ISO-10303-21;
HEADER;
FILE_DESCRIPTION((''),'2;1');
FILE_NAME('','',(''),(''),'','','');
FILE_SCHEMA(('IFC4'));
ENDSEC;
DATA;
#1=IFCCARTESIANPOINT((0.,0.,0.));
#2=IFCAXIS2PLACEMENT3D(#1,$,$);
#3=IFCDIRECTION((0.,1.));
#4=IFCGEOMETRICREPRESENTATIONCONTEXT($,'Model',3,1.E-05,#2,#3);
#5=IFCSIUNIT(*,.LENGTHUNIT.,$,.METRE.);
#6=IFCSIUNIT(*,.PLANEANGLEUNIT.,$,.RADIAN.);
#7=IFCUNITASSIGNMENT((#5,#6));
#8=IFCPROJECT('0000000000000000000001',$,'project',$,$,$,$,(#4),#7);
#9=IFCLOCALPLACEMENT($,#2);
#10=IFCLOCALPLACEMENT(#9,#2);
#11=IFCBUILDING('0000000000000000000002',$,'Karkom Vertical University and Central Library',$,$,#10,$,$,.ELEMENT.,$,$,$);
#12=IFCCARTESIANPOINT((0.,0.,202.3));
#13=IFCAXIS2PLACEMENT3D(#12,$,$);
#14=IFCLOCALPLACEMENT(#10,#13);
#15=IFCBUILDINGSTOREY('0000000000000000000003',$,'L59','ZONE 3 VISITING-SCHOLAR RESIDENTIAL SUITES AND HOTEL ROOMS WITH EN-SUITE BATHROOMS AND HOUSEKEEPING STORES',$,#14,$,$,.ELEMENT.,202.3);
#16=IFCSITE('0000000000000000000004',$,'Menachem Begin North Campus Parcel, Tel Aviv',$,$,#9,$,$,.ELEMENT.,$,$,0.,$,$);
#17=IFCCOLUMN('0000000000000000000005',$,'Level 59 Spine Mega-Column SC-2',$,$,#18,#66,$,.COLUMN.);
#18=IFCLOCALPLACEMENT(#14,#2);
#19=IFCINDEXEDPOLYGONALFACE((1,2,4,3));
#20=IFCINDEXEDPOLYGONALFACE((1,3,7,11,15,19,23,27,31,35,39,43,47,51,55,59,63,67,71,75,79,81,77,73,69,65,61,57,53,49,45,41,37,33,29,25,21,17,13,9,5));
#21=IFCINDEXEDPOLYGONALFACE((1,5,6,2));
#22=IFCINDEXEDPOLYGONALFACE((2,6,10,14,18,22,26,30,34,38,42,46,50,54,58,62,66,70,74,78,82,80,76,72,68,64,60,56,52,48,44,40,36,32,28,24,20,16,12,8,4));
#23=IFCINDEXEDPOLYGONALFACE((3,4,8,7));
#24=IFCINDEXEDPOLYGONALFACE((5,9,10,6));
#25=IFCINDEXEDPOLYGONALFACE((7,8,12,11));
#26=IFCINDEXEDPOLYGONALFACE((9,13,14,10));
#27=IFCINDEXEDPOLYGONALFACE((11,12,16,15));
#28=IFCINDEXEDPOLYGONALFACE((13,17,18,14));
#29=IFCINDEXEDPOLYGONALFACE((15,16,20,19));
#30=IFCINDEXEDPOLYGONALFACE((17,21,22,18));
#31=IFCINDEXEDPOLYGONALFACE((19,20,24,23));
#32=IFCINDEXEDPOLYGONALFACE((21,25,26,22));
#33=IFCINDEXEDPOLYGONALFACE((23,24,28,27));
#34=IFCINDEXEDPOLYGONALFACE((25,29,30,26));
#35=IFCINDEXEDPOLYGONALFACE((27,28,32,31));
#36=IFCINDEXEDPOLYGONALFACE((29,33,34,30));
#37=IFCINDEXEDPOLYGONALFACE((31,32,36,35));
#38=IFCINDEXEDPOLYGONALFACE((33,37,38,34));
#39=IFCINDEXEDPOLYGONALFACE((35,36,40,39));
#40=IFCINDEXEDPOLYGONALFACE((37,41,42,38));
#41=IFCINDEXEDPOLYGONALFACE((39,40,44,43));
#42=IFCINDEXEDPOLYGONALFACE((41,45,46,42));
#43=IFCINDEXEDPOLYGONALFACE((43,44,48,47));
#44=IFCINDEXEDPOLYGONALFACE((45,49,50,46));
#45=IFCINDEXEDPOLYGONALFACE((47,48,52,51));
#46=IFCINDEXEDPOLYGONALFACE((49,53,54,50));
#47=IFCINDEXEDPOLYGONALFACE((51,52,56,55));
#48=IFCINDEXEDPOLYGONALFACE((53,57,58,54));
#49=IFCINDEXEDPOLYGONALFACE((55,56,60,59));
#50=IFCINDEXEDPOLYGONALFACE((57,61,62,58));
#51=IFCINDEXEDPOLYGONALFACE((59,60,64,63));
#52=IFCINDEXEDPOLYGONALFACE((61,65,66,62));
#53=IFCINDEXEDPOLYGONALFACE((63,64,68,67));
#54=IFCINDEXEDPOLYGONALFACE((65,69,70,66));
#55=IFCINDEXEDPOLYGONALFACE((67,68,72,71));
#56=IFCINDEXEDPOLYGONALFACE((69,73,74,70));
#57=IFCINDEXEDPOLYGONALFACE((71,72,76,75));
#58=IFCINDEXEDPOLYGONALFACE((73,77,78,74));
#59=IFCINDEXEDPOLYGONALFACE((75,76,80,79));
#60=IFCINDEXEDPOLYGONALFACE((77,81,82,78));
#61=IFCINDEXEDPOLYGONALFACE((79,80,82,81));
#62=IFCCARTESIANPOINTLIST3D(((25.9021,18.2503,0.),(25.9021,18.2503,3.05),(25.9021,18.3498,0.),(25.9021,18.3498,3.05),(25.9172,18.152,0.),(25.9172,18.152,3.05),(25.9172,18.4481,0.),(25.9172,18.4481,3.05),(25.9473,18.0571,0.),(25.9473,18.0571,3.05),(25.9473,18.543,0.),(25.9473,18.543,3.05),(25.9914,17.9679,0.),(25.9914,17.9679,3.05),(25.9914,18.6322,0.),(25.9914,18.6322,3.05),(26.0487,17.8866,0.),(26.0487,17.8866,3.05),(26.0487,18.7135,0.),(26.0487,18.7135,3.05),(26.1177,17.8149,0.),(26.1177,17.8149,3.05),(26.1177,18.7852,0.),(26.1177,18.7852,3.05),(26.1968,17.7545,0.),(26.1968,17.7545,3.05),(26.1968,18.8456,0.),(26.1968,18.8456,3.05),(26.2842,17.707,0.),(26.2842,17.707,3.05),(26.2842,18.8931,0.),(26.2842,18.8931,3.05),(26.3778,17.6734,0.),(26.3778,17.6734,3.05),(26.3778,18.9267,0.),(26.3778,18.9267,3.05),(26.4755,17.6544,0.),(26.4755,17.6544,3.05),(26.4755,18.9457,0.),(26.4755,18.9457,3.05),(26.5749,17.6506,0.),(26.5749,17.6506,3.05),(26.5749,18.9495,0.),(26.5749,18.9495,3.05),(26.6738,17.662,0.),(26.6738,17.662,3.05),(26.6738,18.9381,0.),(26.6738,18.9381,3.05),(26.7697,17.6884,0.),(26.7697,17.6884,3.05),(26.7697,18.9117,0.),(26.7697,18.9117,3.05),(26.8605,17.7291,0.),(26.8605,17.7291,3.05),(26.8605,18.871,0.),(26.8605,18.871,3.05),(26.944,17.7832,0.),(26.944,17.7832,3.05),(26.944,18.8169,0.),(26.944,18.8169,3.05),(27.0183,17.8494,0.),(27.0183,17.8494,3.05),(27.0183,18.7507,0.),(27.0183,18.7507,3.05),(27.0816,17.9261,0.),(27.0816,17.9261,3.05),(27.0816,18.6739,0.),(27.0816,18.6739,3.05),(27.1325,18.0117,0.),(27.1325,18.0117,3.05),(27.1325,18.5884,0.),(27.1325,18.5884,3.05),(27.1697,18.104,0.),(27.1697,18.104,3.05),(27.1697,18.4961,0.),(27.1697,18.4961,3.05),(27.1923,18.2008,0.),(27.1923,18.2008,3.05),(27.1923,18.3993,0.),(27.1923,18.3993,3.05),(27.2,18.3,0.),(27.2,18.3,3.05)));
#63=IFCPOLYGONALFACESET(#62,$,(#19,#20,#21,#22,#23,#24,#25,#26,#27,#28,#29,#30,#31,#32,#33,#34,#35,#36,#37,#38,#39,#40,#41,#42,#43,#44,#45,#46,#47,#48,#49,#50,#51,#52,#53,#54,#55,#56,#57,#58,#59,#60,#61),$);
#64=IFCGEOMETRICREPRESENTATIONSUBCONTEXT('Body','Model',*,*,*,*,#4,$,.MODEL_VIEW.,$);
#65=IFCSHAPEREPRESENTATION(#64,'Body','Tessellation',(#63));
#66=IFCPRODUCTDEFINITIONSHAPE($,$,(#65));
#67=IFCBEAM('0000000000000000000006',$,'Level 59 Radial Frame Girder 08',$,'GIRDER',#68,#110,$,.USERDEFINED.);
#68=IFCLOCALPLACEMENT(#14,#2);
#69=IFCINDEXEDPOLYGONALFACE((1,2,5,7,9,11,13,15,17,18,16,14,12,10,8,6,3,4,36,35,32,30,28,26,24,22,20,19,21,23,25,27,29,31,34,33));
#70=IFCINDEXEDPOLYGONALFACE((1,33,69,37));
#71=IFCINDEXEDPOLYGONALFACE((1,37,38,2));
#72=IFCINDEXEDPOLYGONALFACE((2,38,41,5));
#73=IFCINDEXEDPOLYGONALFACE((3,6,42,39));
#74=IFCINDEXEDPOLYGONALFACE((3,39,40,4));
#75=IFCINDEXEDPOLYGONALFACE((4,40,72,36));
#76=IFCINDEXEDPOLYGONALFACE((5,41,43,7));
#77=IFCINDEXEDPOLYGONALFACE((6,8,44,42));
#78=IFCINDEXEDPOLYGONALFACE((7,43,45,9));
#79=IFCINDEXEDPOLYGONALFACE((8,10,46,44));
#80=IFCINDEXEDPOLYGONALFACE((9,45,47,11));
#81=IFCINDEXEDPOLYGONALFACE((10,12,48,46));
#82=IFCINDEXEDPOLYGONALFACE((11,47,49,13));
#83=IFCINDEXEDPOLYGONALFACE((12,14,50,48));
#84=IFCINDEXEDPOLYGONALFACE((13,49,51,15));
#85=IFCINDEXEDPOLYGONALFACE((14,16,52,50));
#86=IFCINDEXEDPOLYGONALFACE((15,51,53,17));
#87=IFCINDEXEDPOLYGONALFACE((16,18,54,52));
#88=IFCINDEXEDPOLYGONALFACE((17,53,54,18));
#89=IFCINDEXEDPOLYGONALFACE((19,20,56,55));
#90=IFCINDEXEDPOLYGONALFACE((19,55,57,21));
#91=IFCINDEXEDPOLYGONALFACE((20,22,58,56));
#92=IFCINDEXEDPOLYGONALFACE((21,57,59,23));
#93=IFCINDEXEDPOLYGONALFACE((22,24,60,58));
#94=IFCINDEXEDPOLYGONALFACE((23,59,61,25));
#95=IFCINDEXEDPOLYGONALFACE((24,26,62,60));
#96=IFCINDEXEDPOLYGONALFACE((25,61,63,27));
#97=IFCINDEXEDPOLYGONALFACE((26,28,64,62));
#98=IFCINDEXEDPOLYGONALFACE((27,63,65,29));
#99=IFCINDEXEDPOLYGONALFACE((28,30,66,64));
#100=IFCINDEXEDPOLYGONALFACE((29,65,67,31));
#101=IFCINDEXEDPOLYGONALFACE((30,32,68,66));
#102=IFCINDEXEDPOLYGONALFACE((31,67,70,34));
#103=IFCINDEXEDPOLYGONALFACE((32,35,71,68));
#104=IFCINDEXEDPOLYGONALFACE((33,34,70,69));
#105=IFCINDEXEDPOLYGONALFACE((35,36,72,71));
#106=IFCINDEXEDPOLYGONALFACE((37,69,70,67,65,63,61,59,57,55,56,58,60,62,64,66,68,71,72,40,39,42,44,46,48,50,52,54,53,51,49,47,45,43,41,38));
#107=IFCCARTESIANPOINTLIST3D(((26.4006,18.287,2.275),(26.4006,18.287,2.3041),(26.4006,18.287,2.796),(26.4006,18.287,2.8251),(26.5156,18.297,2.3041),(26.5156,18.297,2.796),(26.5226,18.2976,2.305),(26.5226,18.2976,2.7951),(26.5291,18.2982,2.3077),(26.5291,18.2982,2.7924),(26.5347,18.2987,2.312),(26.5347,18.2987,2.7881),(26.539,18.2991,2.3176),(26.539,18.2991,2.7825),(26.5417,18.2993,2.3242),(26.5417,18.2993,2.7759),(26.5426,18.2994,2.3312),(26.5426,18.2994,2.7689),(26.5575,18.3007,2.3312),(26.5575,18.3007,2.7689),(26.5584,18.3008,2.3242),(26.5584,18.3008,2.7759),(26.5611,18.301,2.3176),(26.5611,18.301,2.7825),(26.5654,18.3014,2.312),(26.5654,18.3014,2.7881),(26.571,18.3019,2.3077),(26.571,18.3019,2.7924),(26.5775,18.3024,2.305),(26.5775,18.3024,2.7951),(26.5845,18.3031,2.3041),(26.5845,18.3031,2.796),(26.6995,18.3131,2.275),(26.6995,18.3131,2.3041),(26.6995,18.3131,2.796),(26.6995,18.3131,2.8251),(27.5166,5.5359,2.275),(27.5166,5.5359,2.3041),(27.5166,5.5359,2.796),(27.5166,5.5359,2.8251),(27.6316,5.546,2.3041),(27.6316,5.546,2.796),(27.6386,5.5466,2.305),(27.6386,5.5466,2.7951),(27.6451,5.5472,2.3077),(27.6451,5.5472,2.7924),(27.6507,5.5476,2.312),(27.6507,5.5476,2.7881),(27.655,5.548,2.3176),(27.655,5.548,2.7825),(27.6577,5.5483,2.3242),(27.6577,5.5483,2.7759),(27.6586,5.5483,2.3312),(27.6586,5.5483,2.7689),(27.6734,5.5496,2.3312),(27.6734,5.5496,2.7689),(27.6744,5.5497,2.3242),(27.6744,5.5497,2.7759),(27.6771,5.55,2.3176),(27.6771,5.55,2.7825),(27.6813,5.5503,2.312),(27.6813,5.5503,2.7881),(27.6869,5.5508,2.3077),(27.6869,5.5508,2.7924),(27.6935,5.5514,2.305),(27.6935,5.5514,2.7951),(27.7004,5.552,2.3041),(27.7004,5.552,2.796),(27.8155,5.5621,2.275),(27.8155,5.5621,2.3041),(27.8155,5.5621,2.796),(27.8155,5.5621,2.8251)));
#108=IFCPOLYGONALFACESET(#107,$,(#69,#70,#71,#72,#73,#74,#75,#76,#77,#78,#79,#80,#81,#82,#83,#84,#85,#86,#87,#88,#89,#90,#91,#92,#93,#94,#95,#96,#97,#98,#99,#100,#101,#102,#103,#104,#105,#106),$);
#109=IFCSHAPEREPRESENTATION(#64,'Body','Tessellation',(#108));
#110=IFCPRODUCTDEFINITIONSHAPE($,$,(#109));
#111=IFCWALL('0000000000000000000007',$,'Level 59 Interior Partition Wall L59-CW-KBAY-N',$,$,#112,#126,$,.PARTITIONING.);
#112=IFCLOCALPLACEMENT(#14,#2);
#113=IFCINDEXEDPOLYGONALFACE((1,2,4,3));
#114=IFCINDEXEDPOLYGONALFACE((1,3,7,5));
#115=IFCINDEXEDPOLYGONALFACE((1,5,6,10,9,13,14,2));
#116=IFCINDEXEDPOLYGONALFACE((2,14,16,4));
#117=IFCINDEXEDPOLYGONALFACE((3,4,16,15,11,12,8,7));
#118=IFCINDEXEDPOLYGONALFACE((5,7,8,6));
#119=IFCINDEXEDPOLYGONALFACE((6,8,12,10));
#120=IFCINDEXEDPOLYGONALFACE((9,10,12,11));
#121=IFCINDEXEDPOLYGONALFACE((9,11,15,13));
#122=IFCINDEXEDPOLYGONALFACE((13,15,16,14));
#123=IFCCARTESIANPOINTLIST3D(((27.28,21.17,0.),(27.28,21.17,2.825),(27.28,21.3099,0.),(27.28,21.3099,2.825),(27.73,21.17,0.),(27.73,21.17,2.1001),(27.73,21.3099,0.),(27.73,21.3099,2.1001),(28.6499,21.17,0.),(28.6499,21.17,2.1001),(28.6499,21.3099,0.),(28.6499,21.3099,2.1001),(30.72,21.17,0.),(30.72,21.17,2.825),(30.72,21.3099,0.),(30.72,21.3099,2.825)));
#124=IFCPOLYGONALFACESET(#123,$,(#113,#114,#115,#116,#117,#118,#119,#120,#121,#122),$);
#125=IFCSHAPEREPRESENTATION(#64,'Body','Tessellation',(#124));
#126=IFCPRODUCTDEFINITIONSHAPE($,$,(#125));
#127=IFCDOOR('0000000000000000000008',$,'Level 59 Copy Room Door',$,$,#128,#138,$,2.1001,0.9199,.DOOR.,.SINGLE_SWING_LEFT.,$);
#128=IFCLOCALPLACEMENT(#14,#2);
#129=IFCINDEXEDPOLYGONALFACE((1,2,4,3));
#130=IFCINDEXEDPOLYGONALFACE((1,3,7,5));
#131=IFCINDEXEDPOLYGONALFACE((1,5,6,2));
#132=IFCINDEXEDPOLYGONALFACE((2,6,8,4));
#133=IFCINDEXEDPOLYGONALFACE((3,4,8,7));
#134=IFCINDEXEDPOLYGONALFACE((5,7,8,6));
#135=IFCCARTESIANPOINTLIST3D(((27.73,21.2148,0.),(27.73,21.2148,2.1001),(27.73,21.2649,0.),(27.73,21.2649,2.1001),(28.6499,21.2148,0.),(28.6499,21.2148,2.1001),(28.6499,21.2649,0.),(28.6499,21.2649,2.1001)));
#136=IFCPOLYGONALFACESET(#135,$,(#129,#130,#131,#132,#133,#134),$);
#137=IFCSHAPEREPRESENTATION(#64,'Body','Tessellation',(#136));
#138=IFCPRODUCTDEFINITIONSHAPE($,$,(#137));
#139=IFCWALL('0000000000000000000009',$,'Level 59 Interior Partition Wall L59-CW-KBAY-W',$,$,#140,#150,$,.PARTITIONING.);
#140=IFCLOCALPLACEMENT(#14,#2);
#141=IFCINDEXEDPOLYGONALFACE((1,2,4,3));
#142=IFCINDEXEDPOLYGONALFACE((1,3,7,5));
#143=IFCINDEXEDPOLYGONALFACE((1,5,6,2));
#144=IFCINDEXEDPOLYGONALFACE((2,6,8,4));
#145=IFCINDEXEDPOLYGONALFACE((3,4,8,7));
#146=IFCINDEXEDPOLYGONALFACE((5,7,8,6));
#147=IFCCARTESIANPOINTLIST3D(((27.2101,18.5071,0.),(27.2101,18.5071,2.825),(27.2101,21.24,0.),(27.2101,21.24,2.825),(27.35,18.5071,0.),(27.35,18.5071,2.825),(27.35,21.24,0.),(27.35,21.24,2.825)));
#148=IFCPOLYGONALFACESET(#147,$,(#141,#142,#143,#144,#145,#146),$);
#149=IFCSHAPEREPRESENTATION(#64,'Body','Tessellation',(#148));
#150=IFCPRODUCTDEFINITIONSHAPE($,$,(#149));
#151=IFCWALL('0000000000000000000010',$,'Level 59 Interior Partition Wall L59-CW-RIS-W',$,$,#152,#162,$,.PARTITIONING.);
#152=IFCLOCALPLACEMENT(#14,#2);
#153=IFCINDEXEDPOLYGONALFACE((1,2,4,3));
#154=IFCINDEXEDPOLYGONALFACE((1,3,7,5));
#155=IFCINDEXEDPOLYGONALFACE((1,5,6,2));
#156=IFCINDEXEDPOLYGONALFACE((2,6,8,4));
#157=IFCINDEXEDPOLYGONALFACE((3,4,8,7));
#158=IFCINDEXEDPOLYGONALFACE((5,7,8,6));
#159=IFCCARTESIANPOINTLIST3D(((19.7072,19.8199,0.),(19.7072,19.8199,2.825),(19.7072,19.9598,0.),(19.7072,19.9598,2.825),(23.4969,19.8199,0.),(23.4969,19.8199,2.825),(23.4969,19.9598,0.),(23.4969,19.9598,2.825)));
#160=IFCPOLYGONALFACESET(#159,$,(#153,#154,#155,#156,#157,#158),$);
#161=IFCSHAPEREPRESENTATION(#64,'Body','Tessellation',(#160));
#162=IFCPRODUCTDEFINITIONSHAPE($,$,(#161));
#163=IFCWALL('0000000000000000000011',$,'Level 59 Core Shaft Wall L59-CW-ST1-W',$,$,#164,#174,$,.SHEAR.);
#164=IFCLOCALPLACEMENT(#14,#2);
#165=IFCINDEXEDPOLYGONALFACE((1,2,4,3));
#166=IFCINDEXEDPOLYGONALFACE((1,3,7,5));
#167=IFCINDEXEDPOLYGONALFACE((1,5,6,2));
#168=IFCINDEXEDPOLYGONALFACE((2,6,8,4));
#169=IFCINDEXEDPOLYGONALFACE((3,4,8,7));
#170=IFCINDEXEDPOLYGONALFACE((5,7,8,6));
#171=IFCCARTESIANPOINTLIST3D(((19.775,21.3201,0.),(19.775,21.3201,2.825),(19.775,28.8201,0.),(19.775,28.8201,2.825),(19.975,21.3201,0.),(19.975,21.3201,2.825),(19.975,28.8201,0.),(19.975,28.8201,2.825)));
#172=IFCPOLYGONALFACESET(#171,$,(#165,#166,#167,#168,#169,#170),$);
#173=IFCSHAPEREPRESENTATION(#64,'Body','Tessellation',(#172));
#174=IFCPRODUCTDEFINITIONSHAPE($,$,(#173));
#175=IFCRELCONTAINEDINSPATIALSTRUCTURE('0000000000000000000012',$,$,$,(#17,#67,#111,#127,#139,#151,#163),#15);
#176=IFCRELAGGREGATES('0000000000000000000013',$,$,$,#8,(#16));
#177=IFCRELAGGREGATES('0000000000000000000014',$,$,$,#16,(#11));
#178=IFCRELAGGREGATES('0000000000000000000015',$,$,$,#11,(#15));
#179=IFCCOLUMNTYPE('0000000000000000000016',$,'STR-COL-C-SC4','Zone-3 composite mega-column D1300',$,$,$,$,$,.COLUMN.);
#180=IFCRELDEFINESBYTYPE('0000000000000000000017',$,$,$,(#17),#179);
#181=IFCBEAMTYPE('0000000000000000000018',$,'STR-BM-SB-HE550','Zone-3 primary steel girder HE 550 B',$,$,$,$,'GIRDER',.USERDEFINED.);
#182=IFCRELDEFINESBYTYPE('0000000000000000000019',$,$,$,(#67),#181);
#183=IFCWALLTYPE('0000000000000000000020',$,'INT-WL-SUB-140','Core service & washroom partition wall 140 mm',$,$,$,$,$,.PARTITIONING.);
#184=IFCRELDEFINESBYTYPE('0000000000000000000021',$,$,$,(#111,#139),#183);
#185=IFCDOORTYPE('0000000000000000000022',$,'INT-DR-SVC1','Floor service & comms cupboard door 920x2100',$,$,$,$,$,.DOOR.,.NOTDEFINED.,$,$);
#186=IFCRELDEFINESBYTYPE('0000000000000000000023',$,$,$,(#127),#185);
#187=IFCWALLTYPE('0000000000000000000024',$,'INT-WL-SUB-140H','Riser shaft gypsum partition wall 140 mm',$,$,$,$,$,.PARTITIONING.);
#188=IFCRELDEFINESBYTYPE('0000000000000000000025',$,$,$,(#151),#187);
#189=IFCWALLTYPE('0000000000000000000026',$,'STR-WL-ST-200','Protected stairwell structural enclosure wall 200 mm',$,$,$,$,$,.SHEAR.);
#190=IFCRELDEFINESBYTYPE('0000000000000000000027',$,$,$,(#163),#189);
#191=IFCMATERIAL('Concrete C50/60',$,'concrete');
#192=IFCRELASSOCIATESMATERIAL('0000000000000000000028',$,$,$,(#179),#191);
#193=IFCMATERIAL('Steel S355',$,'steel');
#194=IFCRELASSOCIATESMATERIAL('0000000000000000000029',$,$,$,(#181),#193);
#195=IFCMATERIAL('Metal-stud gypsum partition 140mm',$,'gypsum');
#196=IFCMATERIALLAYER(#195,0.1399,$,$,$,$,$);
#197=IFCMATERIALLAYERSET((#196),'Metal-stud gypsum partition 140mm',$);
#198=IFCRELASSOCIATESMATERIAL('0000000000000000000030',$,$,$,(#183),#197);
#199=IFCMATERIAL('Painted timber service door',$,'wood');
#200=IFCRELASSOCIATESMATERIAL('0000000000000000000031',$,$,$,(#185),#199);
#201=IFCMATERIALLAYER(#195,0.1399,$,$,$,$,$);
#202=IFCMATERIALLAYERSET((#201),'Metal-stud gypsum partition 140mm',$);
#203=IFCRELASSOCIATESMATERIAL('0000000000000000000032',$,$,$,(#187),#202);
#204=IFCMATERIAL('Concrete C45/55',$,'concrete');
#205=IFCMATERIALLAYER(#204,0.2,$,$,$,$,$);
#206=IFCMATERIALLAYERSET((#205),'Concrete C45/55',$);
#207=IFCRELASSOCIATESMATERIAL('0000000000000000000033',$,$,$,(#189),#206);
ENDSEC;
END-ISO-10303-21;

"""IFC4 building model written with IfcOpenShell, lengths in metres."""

from ifc_helpers import new_model, si_unit, direction, frame, frame_2d, origin, origin_with_axes, origin_2d, place, context, subcontext, project, spatial, rectangle, circle, i_section, extrude, source, transform, mapped, material, layer, layer_set, material_profile, profile_set, type_object, element, fill, save


model = new_model("IFC4")

# Units and contexts
model_context = context("Model", 3, precision=1e-05, world=origin(), true_north=direction((0.0, 1.0)))
body_context = subcontext(model_context, "Body", "Model", "MODEL_VIEW")
ifc_project = project(units=[si_unit("LENGTHUNIT", "METRE"), si_unit("PLANEANGLEUNIT", "RADIAN")], contexts=[model_context])

# Site, building, storey
site_placement = place(None, origin())
site = spatial("IfcSite", under=ifc_project, at=site_placement, Name="Menachem Begin North Campus Parcel, Tel Aviv", CompositionType="ELEMENT", RefElevation=0.0)
building_placement = place(site_placement, origin())
building = spatial("IfcBuilding", under=site, at=building_placement, Name="Karkom Vertical University and Central Library", CompositionType="ELEMENT")
storey_placement = place(building_placement, frame((0.0, 0.0, 202.3)))
storey = spatial("IfcBuildingStorey", under=building, at=storey_placement, Name="L59", Description="ZONE 3 VISITING-SCHOLAR RESIDENTIAL SUITES AND HOTEL ROOMS WITH EN-SUITE BATHROOMS AND HOUSEKEEPING STORES", CompositionType="ELEMENT", Elevation=202.3)

# Column
ifc_material_1 = material(Name="Concrete C50/60", Category="concrete")
ifc_material_profile_1 = material_profile(ifc_material_1, circle(Radius=0.6499, at=origin_2d()), Name="CFT-D1300")
ifc_profile_set_1 = profile_set([ifc_material_profile_1], Name="Concrete C50/60")
column_type = type_object("IfcColumnType", Name="STR-COL-C-SC4", Description="Zone-3 composite mega-column D1300", PredefinedType="COLUMN", material=ifc_profile_set_1)
shared_shape_1 = source(origin_with_axes(), body_context, "Body", "SweptSolid", [
    extrude(circle(Radius=0.6499, at=origin_2d()), origin(), (0.0, 0.0, 1.0), 3.05),
])
column_placement = place(storey_placement, frame((26.55, 18.3, 0.0), z_axis=(0.0, 0.0, 1.0), x_axis=(1.0, 0.0, 0.0)))
element("IfcColumn", 1, at=column_placement, inside=storey, type_object=column_type, Name="Level 59 Spine Mega-Column SC-2", PredefinedType="COLUMN", context=body_context, shape_type="MappedRepresentation", body=[
    mapped(shared_shape_1, transform((0.0, 0.0, 0.0), scale=1.0)),
])

# Beam
ifc_material_2 = material(Name="Steel S355", Category="steel")
ifc_material_profile_2 = material_profile(ifc_material_2, i_section(OverallWidth=0.3, OverallDepth=0.55, WebThickness=0.0149, FlangeThickness=0.0291, FilletRadius=0.0271, at=origin_2d()), Name="HE 550 B")
ifc_profile_set_2 = profile_set([ifc_material_profile_2], Name="Steel S355")
beam_type = type_object("IfcBeamType", Name="STR-BM-SB-HE550", Description="Zone-3 primary steel girder HE 550 B", ElementType="GIRDER", PredefinedType="USERDEFINED", material=ifc_profile_set_2)
shared_shape_2 = source(origin_with_axes(), body_context, "Body", "SweptSolid", [
    extrude(i_section(OverallWidth=0.3, OverallDepth=0.55, WebThickness=0.0149, FlangeThickness=0.0291, FilletRadius=0.0271, at=origin_2d()), origin(), (0.0, 0.0, 1.0), 12.7998),
])
beam_placement = place(storey_placement, frame((26.55, 18.3, 2.55), z_axis=(0.087187, -0.996192, 0.0), x_axis=(0.996192, 0.087187, 0.0)))
element("IfcBeam", 2, at=beam_placement, inside=storey, type_object=beam_type, Name="Level 59 Radial Frame Girder 08", ObjectType="GIRDER", PredefinedType="USERDEFINED", context=body_context, shape_type="MappedRepresentation", body=[
    mapped(shared_shape_2, transform((0.0, 0.0, 0.0), scale=1.0)),
])

# Wall, opening, door
ifc_material_3 = material(Name="Metal-stud gypsum partition 140mm", Category="gypsum")
ifc_layer_1 = layer(ifc_material_3, 0.1399)
ifc_layer_set_1 = layer_set([ifc_layer_1], Name="Metal-stud gypsum partition 140mm")
wall_type_1 = type_object("IfcWallType", Name="INT-WL-SUB-140", Description="Core service & washroom partition wall 140 mm", PredefinedType="PARTITIONING", material=ifc_layer_set_1)
wall_1_placement = place(storey_placement, frame((27.28, 21.24, 0.0), z_axis=(0.0, 0.0, 1.0), x_axis=(1.0, 0.0, 0.0)))
wall_1 = element("IfcWall", 3, at=wall_1_placement, inside=storey, type_object=wall_type_1, Name="Level 59 Interior Partition Wall L59-CW-KBAY-N", PredefinedType="PARTITIONING", context=body_context, shape_type="SweptSolid", body=[
    extrude(rectangle(XDim=3.4399, YDim=0.1399, at=frame_2d((1.72, 0.0))), origin(), (0.0, 0.0, 1.0), 2.825),
])
opening_1_placement = place(wall_1_placement, frame((0.45, 0.0, 0.0)))
opening_1 = element("IfcOpeningElement", 4, at=opening_1_placement, cuts=wall_1, PredefinedType="OPENING", context=body_context, shape_type="SweptSolid", body=[
    extrude(rectangle(XDim=0.9199, YDim=2.1001, at=frame_2d((0.46, 1.05))), frame((0.0, 0.0801, 0.0), z_axis=(0.0, -1.0, 0.0), x_axis=(1.0, 0.0, 0.0)), (0.0, 0.0, 1.0), 0.1599),
])
ifc_material_4 = material(Name="Painted timber service door", Category="wood")
door_type_1 = type_object("IfcDoorType", Name="INT-DR-SVC1", Description="Floor service & comms cupboard door 920x2100", OperationType="NOTDEFINED", PredefinedType="DOOR", material=ifc_material_4)
shared_shape_3 = source(origin_with_axes(), body_context, "Body", "SweptSolid", [
    extrude(rectangle(XDim=0.9199, YDim=2.1001, at=frame_2d((0.46, 1.05))), frame((0.0, 0.0249, 0.0), z_axis=(0.0, -1.0, 0.0), x_axis=(1.0, 0.0, 0.0)), (0.0, 0.0, 1.0), 0.05),
])
door_1_placement = place(opening_1_placement, origin())
door_1 = element("IfcDoor", 5, at=door_1_placement, inside=storey, type_object=door_type_1, Name="Level 59 Copy Room Door", OperationType="SINGLE_SWING_LEFT", OverallHeight=2.1001, OverallWidth=0.9199, PredefinedType="DOOR", context=body_context, shape_type="MappedRepresentation", body=[
    mapped(shared_shape_3, transform((0.0, 0.0, 0.0), scale=1.0)),
])
fill(opening_1, door_1)

# Walls
wall_2_placement = place(storey_placement, frame((27.28, 18.5071, 0.0), z_axis=(0.0, 0.0, 1.0), x_axis=(0.0, 1.0, 0.0)))
element("IfcWall", 6, at=wall_2_placement, inside=storey, type_object=wall_type_1, Name="Level 59 Interior Partition Wall L59-CW-KBAY-W", PredefinedType="PARTITIONING", context=body_context, shape_type="SweptSolid", body=[
    extrude(rectangle(XDim=2.7329, YDim=0.1399, at=frame_2d((1.3665, 0.0))), origin(), (0.0, 0.0, 1.0), 2.825),
])
ifc_layer_2 = layer(ifc_material_3, 0.1399)
ifc_layer_set_2 = layer_set([ifc_layer_2], Name="Metal-stud gypsum partition 140mm")
wall_type_2 = type_object("IfcWallType", Name="INT-WL-SUB-140H", Description="Riser shaft gypsum partition wall 140 mm", PredefinedType="PARTITIONING", material=ifc_layer_set_2)
wall_3_placement = place(storey_placement, frame((19.707, 19.8899, 0.0), z_axis=(0.0, 0.0, 1.0), x_axis=(1.0, 0.0, 0.0)))
element("IfcWall", 7, at=wall_3_placement, inside=storey, type_object=wall_type_2, Name="Level 59 Interior Partition Wall L59-CW-RIS-W", PredefinedType="PARTITIONING", context=body_context, shape_type="SweptSolid", body=[
    extrude(rectangle(XDim=3.7898, YDim=0.1399, at=frame_2d((1.895, 0.0))), origin(), (0.0, 0.0, 1.0), 2.825),
])

# Shared definitions
ifc_material_5 = material(Name="Concrete C45/55", Category="concrete")
ifc_layer_3 = layer(ifc_material_5, 0.2)
ifc_layer_set_3 = layer_set([ifc_layer_3], Name="Concrete C45/55")
wall_type_3 = type_object("IfcWallType", Name="STR-WL-ST-200", Description="Protected stairwell structural enclosure wall 200 mm", PredefinedType="SHEAR", material=ifc_layer_set_3)

# Wall
wall_4_placement = place(storey_placement, frame((19.875, 21.3201, 0.0), z_axis=(0.0, 0.0, 1.0), x_axis=(0.0, 1.0, 0.0)))
element("IfcWall", 8, at=wall_4_placement, inside=storey, type_object=wall_type_3, Name="Level 59 Core Shaft Wall L59-CW-ST1-W", PredefinedType="SHEAR", context=body_context, shape_type="SweptSolid", body=[
    extrude(rectangle(XDim=7.5, YDim=0.2, at=frame_2d((3.75, 0.0))), origin(), (0.0, 0.0, 1.0), 2.825),
])

save(model, "model.ifc")
